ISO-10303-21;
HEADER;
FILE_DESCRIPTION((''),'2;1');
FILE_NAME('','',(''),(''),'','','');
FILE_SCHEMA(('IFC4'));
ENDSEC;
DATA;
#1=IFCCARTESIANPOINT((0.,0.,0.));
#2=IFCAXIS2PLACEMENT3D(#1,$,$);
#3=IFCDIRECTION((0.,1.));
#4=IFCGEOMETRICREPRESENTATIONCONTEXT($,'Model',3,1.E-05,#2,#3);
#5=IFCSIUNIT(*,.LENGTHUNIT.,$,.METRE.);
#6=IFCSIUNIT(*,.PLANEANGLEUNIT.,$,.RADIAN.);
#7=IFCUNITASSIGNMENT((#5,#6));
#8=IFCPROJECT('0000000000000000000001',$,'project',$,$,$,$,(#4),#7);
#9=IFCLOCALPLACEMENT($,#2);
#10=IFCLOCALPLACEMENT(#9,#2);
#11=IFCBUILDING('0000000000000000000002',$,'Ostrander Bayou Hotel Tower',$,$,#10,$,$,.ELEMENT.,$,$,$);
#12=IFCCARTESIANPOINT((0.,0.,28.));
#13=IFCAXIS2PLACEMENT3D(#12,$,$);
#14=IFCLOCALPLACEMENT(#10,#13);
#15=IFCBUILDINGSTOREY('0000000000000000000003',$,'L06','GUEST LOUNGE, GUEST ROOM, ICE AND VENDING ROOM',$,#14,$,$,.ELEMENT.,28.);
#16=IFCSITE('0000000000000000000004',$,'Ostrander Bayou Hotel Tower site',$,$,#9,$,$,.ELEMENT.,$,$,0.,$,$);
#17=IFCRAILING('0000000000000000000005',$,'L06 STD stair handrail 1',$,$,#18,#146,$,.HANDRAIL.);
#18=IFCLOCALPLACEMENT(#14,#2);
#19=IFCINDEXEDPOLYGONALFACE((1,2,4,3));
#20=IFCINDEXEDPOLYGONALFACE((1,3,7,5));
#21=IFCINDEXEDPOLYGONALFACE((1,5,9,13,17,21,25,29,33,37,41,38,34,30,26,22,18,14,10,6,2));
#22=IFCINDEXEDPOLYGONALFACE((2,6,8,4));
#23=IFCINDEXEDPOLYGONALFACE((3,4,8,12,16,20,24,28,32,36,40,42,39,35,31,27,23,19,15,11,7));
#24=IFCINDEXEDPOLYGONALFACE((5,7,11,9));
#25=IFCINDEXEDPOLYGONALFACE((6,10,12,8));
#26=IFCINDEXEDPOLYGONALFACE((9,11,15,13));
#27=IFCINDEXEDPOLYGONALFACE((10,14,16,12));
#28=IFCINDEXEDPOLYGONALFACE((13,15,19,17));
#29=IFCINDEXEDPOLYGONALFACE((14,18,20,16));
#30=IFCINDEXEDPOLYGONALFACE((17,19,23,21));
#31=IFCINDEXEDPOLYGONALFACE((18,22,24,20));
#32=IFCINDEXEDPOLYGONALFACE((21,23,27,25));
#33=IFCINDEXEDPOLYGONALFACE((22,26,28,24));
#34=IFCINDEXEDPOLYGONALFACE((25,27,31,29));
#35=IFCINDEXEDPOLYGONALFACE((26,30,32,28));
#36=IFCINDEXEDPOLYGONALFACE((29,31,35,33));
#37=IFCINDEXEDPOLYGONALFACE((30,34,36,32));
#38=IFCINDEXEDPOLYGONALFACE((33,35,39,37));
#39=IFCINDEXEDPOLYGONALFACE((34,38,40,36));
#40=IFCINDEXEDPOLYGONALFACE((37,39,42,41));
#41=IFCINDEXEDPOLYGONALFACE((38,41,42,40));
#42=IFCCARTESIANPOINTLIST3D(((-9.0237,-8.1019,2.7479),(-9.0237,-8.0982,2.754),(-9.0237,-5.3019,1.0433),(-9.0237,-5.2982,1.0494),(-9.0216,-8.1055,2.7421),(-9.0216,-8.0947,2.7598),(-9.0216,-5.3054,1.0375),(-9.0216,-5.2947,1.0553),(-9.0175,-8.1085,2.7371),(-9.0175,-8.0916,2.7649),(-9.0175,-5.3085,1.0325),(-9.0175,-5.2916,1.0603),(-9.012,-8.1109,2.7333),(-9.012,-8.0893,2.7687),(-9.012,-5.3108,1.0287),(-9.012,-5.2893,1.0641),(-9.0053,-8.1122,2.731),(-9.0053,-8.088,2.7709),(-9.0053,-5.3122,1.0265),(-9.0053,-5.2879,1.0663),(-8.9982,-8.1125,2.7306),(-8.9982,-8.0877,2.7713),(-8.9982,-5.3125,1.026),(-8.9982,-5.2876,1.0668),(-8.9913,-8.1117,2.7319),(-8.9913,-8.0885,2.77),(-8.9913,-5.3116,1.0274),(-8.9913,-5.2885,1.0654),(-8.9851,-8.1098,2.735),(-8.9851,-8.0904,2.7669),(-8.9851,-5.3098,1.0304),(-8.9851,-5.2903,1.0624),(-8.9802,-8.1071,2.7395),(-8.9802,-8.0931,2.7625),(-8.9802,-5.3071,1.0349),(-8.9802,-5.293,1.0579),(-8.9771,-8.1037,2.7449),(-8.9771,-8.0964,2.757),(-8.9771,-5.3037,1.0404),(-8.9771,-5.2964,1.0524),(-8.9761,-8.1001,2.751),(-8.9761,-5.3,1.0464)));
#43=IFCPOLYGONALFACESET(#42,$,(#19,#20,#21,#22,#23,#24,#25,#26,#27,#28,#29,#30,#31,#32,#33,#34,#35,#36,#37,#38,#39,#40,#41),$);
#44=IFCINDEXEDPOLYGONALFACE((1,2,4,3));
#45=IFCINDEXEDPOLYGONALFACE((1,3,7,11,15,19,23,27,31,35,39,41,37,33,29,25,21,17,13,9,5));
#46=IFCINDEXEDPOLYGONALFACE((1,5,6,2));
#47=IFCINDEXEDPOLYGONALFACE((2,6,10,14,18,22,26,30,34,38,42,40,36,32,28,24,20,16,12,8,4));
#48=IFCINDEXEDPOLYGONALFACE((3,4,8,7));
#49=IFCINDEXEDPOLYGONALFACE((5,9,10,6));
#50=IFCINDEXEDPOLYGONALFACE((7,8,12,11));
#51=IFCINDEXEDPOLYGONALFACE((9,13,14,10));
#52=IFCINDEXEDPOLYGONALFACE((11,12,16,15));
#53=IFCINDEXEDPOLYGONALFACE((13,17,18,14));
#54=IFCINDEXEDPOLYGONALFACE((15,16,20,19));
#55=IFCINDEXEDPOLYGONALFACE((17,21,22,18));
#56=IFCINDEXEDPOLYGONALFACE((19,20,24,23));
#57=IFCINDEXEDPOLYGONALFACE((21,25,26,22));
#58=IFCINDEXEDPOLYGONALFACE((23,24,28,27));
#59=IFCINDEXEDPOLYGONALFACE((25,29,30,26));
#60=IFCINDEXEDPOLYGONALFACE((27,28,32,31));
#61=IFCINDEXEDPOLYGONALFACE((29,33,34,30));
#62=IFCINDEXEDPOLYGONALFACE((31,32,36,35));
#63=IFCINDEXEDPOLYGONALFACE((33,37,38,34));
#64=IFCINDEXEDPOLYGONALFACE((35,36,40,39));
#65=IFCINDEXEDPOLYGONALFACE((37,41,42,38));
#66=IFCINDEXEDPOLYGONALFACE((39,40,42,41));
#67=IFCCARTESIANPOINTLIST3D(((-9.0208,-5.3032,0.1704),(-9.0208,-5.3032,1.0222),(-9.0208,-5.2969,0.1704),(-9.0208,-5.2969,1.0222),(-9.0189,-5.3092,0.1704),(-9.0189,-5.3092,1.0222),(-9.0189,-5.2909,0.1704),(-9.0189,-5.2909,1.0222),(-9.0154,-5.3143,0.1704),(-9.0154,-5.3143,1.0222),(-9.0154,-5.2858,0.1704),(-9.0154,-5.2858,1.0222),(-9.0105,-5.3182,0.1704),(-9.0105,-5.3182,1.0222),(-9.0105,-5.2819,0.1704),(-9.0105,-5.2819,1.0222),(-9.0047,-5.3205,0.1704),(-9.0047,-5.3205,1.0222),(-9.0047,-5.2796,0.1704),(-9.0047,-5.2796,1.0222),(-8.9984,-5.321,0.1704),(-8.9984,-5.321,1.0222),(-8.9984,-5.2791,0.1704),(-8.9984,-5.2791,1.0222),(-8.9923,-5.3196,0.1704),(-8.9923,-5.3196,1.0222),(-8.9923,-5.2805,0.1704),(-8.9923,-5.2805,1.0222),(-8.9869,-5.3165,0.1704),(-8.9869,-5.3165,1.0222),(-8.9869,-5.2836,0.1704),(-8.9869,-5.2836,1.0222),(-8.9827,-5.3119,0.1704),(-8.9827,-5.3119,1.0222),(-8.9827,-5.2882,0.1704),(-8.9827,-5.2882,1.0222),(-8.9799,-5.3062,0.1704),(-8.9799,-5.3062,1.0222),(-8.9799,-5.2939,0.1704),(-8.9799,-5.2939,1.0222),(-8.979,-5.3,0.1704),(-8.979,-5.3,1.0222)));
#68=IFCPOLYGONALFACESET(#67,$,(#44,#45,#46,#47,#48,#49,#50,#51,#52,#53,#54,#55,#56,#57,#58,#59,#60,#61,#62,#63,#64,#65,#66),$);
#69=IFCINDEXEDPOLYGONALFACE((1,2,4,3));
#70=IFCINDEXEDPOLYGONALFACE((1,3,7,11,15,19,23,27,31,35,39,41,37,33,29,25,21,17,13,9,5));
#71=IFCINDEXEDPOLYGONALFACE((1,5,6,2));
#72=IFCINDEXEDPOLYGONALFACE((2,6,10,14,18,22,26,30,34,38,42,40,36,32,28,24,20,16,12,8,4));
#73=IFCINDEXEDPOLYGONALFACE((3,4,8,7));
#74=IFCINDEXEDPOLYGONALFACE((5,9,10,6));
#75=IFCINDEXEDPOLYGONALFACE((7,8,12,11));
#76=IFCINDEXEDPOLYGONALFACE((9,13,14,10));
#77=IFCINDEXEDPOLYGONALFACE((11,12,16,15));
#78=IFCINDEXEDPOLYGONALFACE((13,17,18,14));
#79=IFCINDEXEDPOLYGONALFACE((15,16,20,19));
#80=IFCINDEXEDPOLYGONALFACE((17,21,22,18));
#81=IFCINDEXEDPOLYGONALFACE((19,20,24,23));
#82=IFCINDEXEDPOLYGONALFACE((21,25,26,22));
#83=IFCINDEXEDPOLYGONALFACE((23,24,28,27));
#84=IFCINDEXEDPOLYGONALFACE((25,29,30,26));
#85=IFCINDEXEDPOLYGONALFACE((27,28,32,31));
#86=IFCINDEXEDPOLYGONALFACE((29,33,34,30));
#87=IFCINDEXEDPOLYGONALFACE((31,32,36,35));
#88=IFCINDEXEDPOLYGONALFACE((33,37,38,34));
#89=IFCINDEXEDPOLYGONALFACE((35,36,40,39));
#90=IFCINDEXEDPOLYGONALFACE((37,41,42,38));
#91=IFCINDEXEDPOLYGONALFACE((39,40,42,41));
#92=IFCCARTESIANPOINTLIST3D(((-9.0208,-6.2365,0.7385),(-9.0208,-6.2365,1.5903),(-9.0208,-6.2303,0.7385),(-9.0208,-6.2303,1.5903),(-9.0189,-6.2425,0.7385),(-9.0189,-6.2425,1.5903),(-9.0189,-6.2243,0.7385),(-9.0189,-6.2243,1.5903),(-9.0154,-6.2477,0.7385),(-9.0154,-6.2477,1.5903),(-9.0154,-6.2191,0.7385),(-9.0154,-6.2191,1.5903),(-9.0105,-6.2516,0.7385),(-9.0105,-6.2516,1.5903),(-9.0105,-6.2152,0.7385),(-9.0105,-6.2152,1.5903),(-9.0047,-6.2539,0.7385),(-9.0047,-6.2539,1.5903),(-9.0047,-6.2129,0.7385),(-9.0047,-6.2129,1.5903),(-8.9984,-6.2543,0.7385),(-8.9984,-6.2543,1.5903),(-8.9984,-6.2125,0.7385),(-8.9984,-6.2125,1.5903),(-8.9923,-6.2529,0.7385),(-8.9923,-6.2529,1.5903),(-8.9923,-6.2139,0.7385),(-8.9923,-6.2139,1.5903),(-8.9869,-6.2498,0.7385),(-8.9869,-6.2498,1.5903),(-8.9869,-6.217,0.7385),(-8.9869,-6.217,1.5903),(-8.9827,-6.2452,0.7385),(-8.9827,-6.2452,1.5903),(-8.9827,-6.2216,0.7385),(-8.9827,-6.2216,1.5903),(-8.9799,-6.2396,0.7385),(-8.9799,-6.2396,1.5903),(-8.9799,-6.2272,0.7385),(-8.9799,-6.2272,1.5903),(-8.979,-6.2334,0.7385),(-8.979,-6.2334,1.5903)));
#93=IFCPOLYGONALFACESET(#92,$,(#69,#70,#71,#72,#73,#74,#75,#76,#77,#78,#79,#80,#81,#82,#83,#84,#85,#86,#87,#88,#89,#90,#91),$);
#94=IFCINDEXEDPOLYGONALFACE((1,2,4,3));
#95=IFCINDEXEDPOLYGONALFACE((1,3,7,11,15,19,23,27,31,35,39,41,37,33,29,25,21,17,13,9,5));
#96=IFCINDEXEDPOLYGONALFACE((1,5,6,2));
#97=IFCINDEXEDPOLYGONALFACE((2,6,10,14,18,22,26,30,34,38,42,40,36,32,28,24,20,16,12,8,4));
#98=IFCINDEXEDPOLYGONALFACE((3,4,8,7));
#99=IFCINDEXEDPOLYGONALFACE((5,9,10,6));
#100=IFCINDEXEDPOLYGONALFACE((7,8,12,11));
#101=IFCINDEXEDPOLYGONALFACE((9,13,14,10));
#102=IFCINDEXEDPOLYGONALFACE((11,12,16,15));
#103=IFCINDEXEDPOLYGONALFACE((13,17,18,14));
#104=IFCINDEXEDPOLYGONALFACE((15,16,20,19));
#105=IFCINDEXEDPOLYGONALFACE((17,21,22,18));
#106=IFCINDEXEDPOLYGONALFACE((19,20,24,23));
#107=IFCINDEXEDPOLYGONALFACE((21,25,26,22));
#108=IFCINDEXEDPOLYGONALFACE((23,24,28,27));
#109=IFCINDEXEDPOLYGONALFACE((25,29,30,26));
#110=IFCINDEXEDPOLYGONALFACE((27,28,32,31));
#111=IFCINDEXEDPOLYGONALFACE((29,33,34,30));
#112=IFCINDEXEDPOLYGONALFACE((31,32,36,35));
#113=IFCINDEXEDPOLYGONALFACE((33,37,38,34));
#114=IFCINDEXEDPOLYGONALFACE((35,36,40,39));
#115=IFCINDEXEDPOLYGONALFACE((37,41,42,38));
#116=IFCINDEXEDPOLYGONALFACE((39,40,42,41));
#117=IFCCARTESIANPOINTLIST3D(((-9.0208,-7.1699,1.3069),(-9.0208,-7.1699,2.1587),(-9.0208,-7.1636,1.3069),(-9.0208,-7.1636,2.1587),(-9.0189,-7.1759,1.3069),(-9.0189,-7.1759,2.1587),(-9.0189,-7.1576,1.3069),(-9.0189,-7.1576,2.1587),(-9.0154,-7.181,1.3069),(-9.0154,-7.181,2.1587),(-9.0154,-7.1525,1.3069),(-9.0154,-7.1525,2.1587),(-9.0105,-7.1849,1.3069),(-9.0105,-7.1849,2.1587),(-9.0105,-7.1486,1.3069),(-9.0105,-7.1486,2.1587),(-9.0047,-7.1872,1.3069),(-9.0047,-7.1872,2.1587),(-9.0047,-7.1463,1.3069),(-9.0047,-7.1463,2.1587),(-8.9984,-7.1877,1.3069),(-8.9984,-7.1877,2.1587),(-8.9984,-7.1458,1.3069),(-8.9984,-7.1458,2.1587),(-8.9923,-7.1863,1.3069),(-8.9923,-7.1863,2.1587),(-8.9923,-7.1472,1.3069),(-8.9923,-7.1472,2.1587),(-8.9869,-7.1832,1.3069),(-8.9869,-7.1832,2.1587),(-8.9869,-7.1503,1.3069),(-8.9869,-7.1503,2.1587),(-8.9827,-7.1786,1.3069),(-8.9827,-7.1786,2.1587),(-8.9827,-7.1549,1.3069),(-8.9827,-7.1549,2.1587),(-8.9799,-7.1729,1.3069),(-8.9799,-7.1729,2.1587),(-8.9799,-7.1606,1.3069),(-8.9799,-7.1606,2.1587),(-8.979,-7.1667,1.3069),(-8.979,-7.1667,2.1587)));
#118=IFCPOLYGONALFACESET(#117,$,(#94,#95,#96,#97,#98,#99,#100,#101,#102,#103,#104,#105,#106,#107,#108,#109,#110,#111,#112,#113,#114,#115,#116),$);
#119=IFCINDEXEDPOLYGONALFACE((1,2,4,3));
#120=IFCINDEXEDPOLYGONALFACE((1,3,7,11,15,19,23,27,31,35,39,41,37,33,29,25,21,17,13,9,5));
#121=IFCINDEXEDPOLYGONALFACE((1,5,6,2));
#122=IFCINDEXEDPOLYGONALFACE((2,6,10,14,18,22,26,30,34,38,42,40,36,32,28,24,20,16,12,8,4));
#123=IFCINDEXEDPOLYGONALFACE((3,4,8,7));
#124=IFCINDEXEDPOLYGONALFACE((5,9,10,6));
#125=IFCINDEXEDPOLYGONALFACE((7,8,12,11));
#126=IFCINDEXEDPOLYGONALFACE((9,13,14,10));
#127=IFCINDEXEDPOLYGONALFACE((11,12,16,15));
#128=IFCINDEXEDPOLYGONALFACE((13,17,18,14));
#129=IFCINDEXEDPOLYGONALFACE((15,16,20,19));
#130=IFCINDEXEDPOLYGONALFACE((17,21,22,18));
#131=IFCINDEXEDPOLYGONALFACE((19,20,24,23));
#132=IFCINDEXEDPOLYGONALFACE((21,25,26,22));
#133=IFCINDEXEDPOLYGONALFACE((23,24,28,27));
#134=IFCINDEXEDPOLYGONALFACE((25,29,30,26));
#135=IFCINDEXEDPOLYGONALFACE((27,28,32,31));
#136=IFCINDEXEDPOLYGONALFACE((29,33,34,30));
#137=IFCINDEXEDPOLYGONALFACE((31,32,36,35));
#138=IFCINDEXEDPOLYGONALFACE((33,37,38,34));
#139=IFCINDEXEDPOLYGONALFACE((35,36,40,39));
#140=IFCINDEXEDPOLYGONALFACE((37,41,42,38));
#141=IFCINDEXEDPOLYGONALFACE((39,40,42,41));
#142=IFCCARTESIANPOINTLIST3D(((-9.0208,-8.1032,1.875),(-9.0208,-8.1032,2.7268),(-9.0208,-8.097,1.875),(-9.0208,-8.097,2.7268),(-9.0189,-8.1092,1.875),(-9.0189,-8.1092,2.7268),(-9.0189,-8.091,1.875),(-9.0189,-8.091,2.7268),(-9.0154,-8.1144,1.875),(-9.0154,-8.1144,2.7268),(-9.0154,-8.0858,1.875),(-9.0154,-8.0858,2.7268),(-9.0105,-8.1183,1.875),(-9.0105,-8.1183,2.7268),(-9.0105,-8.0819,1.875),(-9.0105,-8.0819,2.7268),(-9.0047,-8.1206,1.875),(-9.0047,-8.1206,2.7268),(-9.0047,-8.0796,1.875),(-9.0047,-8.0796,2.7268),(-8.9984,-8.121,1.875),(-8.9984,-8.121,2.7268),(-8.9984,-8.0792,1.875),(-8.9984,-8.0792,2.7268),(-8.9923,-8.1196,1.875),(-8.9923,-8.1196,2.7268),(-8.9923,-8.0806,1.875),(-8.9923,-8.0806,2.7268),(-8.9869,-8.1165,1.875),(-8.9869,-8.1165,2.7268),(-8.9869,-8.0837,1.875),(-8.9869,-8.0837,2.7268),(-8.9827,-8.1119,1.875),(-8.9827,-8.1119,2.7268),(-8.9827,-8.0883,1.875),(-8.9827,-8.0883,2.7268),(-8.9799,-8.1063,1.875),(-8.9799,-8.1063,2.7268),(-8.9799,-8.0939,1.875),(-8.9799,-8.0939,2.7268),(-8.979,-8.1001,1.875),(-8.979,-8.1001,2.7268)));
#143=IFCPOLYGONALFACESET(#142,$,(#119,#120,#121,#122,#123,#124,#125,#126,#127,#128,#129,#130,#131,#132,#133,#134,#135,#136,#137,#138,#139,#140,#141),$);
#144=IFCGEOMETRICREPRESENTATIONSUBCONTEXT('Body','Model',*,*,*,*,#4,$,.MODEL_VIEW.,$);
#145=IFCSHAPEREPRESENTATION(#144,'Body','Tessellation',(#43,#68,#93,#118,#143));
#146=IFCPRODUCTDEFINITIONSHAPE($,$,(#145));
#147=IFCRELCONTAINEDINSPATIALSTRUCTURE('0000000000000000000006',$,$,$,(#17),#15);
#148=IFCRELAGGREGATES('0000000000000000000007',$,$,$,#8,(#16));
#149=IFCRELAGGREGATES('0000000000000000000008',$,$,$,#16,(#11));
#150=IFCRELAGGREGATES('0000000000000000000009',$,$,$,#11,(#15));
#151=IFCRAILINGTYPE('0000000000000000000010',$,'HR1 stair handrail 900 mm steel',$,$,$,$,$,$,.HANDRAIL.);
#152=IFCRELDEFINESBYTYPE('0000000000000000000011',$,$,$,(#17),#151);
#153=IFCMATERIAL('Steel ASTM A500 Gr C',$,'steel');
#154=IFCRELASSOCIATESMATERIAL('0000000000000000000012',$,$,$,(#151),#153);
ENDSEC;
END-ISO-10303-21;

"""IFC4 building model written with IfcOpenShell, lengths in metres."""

from ifc_helpers import new_model, si_unit, direction, frame, origin, origin_2d, place, context, subcontext, project, spatial, circle, extrude, material, type_object, element, save


model = new_model("IFC4")

# Units and contexts
model_context = context("Model", 3, precision=1e-05, world=origin(), true_north=direction((0.0, 1.0)))
body_context = subcontext(model_context, "Body", "Model", "MODEL_VIEW")
ifc_project = project(units=[si_unit("LENGTHUNIT", "METRE"), si_unit("PLANEANGLEUNIT", "RADIAN")], contexts=[model_context])

# Site, building, storey
site_placement = place(None, origin())
site = spatial("IfcSite", under=ifc_project, at=site_placement, Name="Ostrander Bayou Hotel Tower site", CompositionType="ELEMENT", RefElevation=0.0)
building_placement = place(site_placement, origin())
building = spatial("IfcBuilding", under=site, at=building_placement, Name="Ostrander Bayou Hotel Tower", CompositionType="ELEMENT")
storey_placement = place(building_placement, frame((0.0, 0.0, 28.0)))
storey = spatial("IfcBuildingStorey", under=building, at=storey_placement, Name="L06", Description="GUEST LOUNGE, GUEST ROOM, ICE AND VENDING ROOM", CompositionType="ELEMENT", Elevation=28.0)

# Railing
ifc_material_1 = material(Name="Steel ASTM A500 Gr C", Category="steel")
railing_type_1 = type_object("IfcRailingType", Name="HR1 stair handrail 900 mm steel", PredefinedType="HANDRAIL", material=ifc_material_1)
railing_1_placement = place(storey_placement, frame((-9.0, -5.3, 0.1704)))
element("IfcRailing", 1, at=railing_1_placement, inside=storey, type_object=railing_type_1, Name="L06 STD stair handrail 1", PredefinedType="HANDRAIL", context=body_context, shape_type="SweptSolid", body=[
    extrude(circle(Radius=0.0239, at=origin_2d()), frame((0.0, 0.0, 0.876), z_axis=(0.0, -0.85417, 0.519994), x_axis=(1.0, 0.0, 0.0)), (0.0, 0.0, 1.0), 3.2781),
    extrude(circle(Radius=0.021, at=origin_2d()), origin(), (0.0, 0.0, 1.0), 0.8518),
    extrude(circle(Radius=0.021, at=origin_2d()), frame((0.0, -0.9333, 0.5681)), (0.0, 0.0, 1.0), 0.8518),
    extrude(circle(Radius=0.021, at=origin_2d()), frame((0.0, -1.8667, 1.1365)), (0.0, 0.0, 1.0), 0.8518),
    extrude(circle(Radius=0.021, at=origin_2d()), frame((0.0, -2.8, 1.7046)), (0.0, 0.0, 1.0), 0.8518),
])

save(model, "model.ifc")
